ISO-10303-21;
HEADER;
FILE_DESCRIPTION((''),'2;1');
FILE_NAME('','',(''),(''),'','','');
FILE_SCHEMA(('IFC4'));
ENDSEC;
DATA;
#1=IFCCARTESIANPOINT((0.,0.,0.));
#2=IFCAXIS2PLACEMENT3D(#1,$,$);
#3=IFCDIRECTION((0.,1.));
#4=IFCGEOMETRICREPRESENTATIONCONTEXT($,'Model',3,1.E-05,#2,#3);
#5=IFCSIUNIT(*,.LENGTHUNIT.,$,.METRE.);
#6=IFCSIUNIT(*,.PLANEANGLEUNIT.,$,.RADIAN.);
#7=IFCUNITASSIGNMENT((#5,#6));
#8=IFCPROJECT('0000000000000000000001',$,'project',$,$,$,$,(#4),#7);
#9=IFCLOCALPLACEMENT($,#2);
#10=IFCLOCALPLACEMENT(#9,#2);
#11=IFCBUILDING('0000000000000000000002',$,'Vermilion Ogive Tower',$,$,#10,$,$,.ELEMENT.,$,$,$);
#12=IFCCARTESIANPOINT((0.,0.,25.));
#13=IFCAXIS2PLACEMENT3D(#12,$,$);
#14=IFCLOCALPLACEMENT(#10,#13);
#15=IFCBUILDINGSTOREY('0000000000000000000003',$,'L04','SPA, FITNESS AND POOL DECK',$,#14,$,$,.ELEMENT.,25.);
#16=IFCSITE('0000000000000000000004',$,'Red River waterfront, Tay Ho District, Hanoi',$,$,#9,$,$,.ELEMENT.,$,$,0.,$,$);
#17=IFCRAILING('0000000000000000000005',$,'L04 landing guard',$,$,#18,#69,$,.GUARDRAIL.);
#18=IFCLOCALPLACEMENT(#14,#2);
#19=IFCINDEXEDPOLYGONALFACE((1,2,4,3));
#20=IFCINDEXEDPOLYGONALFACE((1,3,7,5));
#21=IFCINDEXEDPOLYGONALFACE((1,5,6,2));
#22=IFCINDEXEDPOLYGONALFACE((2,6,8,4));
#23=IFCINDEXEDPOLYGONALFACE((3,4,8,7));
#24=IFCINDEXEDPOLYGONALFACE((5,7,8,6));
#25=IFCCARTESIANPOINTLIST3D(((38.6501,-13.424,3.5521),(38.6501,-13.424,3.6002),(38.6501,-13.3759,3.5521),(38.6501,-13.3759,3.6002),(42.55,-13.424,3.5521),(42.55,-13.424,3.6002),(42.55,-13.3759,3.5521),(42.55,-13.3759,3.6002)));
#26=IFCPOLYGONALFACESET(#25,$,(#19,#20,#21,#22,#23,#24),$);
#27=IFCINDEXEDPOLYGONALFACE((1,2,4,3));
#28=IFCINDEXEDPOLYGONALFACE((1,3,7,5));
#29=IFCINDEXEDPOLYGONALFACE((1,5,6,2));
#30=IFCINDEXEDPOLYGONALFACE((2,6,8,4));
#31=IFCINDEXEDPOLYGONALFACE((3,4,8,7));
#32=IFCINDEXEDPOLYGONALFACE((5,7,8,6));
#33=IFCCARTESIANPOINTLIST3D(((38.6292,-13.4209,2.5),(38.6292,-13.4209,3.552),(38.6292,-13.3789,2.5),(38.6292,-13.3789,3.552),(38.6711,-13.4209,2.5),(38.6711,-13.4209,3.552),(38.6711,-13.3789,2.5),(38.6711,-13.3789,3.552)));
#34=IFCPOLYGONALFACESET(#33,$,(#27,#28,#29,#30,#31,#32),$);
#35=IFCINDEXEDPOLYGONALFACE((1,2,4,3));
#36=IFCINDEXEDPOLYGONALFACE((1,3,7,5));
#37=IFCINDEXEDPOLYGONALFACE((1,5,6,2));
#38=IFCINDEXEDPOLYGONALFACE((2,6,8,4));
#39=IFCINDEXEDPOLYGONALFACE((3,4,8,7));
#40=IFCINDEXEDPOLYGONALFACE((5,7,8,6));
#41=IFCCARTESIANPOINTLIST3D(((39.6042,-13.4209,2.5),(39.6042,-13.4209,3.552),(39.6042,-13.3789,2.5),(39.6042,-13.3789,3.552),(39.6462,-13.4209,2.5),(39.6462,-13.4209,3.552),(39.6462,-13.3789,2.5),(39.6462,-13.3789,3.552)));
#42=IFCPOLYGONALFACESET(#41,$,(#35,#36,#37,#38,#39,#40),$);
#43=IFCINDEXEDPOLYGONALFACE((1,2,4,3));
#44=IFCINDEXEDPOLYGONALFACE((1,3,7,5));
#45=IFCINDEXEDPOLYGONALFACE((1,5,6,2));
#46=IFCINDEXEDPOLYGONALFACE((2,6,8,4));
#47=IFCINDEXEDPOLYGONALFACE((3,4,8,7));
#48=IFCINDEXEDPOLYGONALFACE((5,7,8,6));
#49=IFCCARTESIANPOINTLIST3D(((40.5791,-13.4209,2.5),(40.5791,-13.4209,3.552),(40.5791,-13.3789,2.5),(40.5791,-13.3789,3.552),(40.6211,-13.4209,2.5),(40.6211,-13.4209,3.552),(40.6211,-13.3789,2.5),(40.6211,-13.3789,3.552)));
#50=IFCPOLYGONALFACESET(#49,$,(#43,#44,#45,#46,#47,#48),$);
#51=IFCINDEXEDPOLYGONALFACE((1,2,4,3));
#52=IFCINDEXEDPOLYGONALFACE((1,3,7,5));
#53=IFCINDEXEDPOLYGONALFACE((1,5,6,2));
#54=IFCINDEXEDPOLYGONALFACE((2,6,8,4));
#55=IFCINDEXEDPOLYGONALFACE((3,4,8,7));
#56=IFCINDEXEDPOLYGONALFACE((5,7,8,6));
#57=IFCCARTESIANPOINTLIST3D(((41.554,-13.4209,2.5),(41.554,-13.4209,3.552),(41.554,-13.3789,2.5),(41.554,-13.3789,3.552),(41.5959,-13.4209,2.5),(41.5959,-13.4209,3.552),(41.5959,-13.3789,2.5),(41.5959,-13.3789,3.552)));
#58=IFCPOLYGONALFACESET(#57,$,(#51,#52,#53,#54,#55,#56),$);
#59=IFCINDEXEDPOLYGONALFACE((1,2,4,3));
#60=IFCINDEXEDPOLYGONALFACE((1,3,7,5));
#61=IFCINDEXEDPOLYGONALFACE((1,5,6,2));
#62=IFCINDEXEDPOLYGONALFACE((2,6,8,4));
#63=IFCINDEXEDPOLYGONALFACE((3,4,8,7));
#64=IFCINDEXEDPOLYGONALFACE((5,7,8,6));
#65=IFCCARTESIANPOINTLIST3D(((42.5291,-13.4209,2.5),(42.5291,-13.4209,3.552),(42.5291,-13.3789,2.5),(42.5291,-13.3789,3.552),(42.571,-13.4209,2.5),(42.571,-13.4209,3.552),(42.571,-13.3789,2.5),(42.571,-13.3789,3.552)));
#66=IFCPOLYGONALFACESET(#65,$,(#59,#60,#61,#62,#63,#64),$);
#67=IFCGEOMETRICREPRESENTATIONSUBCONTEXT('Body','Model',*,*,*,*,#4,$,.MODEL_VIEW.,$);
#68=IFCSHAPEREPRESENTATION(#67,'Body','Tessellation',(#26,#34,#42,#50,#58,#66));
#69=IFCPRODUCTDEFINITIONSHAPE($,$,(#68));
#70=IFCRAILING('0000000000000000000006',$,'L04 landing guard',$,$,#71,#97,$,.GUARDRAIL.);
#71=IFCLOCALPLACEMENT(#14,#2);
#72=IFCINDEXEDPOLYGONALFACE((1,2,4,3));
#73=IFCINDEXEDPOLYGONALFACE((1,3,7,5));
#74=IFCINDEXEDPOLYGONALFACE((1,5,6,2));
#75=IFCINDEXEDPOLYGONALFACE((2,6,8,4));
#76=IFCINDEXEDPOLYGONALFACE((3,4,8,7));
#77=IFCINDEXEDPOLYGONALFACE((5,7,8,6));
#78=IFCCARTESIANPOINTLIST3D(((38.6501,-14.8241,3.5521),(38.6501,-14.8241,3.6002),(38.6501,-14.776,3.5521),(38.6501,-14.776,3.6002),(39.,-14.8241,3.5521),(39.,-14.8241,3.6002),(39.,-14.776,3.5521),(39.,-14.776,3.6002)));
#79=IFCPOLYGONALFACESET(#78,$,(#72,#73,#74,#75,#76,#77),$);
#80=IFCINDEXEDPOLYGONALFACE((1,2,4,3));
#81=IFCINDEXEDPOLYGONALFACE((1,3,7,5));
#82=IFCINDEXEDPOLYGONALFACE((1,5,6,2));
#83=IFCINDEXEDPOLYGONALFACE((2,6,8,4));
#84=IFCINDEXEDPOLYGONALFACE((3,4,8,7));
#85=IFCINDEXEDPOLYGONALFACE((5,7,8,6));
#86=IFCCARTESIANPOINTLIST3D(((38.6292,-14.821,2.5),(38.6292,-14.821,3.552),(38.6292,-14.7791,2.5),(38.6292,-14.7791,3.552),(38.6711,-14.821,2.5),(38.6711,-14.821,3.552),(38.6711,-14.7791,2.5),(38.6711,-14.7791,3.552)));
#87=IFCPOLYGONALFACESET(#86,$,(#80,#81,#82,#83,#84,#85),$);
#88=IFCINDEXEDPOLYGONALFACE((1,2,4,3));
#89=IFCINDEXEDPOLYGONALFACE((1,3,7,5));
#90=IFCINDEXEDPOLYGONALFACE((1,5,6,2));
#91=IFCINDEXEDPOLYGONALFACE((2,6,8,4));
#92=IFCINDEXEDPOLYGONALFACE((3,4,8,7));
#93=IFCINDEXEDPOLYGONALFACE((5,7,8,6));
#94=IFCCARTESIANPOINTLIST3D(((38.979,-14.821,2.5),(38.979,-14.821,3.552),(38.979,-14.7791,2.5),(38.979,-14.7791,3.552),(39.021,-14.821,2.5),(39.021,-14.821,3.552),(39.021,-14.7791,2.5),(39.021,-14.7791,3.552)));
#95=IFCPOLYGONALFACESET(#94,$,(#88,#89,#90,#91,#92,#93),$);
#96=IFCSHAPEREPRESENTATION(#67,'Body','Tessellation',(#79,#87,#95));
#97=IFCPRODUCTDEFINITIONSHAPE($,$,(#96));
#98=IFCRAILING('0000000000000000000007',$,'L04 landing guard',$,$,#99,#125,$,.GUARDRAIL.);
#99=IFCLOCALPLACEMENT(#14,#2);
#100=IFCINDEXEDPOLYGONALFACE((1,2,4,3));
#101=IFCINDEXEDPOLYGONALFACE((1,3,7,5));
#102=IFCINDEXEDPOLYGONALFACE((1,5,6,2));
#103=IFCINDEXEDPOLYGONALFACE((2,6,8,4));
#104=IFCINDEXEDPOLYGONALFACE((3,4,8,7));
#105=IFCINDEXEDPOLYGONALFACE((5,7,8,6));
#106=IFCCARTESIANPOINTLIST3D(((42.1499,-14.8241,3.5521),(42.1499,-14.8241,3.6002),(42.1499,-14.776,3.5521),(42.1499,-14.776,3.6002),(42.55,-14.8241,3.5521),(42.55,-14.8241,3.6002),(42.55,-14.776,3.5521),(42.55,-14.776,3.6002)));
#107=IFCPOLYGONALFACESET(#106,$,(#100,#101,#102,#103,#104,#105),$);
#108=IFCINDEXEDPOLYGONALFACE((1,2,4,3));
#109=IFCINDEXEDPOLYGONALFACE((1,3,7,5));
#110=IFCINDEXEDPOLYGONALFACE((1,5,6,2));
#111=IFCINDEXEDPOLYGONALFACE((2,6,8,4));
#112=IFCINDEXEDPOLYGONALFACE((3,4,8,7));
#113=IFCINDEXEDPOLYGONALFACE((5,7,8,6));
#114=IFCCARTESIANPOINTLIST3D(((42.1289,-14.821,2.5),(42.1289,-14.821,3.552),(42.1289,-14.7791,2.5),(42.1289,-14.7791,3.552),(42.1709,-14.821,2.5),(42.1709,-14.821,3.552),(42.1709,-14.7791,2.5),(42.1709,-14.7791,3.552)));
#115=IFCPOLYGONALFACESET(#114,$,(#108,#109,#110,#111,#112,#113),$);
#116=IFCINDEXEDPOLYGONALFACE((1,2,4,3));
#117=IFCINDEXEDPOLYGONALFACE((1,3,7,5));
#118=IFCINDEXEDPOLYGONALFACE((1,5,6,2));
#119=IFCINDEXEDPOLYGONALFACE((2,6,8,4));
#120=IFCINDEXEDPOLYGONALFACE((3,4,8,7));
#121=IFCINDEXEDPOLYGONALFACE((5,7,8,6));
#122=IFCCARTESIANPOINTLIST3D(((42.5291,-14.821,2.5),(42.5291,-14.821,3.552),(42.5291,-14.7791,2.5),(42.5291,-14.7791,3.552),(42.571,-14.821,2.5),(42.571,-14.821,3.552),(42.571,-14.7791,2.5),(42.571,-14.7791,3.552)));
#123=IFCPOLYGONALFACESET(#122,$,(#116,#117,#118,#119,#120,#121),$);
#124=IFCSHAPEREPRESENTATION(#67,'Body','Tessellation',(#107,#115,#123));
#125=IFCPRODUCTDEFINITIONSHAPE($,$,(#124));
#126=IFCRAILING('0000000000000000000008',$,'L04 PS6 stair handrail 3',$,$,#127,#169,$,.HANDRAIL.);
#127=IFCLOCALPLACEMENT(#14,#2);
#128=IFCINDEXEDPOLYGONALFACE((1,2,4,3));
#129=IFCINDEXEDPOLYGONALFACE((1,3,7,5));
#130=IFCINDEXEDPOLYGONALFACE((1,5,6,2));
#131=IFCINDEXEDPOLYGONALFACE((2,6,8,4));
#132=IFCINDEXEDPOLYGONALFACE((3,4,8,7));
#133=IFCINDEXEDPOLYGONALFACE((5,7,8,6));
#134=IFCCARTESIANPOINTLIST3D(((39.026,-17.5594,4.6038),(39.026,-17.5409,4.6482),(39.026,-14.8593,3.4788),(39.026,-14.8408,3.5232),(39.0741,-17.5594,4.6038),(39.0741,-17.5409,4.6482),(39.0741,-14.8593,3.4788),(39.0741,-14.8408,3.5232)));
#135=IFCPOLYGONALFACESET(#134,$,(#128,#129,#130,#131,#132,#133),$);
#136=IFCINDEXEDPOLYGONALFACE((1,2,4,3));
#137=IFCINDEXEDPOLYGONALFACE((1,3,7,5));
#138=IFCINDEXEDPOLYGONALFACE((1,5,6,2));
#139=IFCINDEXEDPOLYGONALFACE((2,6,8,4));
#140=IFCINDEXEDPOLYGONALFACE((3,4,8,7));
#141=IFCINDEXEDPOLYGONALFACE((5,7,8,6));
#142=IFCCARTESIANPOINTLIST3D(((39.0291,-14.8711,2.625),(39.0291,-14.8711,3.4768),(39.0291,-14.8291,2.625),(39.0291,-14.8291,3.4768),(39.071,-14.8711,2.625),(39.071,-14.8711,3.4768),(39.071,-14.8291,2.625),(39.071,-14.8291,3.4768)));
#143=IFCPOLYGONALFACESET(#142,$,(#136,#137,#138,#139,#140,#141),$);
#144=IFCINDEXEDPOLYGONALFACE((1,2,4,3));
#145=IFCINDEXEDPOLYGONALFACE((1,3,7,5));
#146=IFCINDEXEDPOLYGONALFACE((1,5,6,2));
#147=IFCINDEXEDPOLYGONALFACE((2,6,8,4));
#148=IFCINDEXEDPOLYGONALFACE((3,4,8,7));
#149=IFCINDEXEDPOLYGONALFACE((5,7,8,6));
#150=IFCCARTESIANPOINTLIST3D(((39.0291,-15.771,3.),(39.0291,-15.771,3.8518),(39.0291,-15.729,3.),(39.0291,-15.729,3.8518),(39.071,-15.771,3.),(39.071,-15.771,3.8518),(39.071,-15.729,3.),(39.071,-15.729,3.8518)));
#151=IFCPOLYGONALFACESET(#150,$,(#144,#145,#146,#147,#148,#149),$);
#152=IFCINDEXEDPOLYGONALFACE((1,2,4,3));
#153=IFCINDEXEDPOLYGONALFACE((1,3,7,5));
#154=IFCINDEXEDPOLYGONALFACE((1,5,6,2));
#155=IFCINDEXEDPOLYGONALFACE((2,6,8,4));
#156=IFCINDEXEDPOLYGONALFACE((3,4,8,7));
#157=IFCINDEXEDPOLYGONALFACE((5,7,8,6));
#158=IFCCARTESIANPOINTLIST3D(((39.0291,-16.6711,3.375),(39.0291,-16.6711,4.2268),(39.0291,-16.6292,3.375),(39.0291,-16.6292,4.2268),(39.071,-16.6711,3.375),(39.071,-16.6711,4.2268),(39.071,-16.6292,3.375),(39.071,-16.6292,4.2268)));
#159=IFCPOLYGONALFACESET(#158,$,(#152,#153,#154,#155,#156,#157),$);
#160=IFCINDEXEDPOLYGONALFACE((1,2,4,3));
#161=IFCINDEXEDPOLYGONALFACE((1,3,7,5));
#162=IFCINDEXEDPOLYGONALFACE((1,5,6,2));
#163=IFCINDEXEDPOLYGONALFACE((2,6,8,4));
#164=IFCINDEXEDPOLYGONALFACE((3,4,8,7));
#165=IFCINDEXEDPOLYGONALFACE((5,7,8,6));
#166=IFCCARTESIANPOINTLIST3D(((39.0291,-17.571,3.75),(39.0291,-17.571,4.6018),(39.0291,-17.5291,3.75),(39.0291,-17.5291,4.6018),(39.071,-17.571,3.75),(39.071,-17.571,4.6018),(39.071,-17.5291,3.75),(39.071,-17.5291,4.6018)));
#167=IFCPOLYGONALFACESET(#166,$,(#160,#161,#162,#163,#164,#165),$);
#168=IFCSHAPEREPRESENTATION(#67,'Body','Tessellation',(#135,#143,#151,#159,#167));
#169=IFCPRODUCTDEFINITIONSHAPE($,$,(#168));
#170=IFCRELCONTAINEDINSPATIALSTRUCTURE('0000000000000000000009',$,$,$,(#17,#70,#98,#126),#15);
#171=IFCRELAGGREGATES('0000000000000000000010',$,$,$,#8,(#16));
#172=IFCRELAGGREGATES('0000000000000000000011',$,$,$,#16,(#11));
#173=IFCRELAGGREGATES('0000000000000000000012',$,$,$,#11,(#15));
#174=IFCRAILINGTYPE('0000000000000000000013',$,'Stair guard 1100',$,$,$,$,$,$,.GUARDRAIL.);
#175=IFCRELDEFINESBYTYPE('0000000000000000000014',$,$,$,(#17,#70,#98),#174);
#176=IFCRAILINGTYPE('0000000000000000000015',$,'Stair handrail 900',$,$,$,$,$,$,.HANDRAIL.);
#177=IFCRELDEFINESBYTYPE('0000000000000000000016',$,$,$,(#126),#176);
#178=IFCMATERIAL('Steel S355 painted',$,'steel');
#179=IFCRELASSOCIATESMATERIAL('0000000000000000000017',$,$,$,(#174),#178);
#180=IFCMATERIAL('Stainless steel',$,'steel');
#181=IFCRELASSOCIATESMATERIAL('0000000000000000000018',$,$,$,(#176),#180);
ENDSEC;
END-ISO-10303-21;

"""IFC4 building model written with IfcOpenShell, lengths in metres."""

from ifc_helpers import new_model, si_unit, direction, frame, origin, origin_2d, place, context, subcontext, project, spatial, rectangle, extrude, material, type_object, element, save


model = new_model("IFC4")

# Units and contexts
model_context = context("Model", 3, precision=1e-05, world=origin(), true_north=direction((0.0, 1.0)))
body_context = subcontext(model_context, "Body", "Model", "MODEL_VIEW")
ifc_project = project(units=[si_unit("LENGTHUNIT", "METRE"), si_unit("PLANEANGLEUNIT", "RADIAN")], contexts=[model_context])

# Site, building, storey
site_placement = place(None, origin())
site = spatial("IfcSite", under=ifc_project, at=site_placement, Name="Red River waterfront, Tay Ho District, Hanoi", CompositionType="ELEMENT", RefElevation=0.0)
building_placement = place(site_placement, origin())
building = spatial("IfcBuilding", under=site, at=building_placement, Name="Vermilion Ogive Tower", CompositionType="ELEMENT")
storey_placement = place(building_placement, frame((0.0, 0.0, 25.0)))
storey = spatial("IfcBuildingStorey", under=building, at=storey_placement, Name="L04", Description="SPA, FITNESS AND POOL DECK", CompositionType="ELEMENT", Elevation=25.0)

# Railings
ifc_material_1 = material(Name="Steel S355 painted", Category="steel")
railing_type_1 = type_object("IfcRailingType", Name="Stair guard 1100", PredefinedType="GUARDRAIL", material=ifc_material_1)
railing_1_placement = place(storey_placement, frame((38.6501, -13.3999, 2.5)))
element("IfcRailing", 1, at=railing_1_placement, inside=storey, type_object=railing_type_1, Name="L04 landing guard", PredefinedType="GUARDRAIL", context=body_context, shape_type="SweptSolid", body=[
    extrude(rectangle(XDim=0.0481, YDim=0.0481, at=origin_2d()), frame((0.0, 0.0, 1.0762), z_axis=(1.0, 0.0, 0.0), x_axis=(0.0, 1.0, 0.0)), (0.0, 0.0, 1.0), 3.8999),
    extrude(rectangle(XDim=0.042, YDim=0.042, at=origin_2d()), origin(), (0.0, 0.0, 1.0), 1.052),
    extrude(rectangle(XDim=0.042, YDim=0.042, at=origin_2d()), frame((0.9751, 0.0, 0.0)), (0.0, 0.0, 1.0), 1.052),
    extrude(rectangle(XDim=0.042, YDim=0.042, at=origin_2d()), frame((1.95, 0.0, 0.0)), (0.0, 0.0, 1.0), 1.052),
    extrude(rectangle(XDim=0.042, YDim=0.042, at=origin_2d()), frame((2.9248, 0.0, 0.0)), (0.0, 0.0, 1.0), 1.052),
    extrude(rectangle(XDim=0.042, YDim=0.042, at=origin_2d()), frame((3.8999, 0.0, 0.0)), (0.0, 0.0, 1.0), 1.052),
])
railing_2_placement = place(storey_placement, frame((38.6501, -14.8, 2.5)))
element("IfcRailing", 2, at=railing_2_placement, inside=storey, type_object=railing_type_1, Name="L04 landing guard", PredefinedType="GUARDRAIL", context=body_context, shape_type="SweptSolid", body=[
    extrude(rectangle(XDim=0.0481, YDim=0.0481, at=origin_2d()), frame((0.0, 0.0, 1.0762), z_axis=(1.0, 0.0, 0.0), x_axis=(0.0, 1.0, 0.0)), (0.0, 0.0, 1.0), 0.3499),
    extrude(rectangle(XDim=0.042, YDim=0.042, at=origin_2d()), origin(), (0.0, 0.0, 1.0), 1.052),
    extrude(rectangle(XDim=0.042, YDim=0.042, at=origin_2d()), frame((0.3499, 0.0, 0.0)), (0.0, 0.0, 1.0), 1.052),
])
railing_3_placement = place(storey_placement, frame((42.1499, -14.8, 2.5)))
element("IfcRailing", 3, at=railing_3_placement, inside=storey, type_object=railing_type_1, Name="L04 landing guard", PredefinedType="GUARDRAIL", context=body_context, shape_type="SweptSolid", body=[
    extrude(rectangle(XDim=0.0481, YDim=0.0481, at=origin_2d()), frame((0.0, 0.0, 1.0762), z_axis=(1.0, 0.0, 0.0), x_axis=(0.0, 1.0, 0.0)), (0.0, 0.0, 1.0), 0.4001),
    extrude(rectangle(XDim=0.042, YDim=0.042, at=origin_2d()), origin(), (0.0, 0.0, 1.0), 1.052),
    extrude(rectangle(XDim=0.042, YDim=0.042, at=origin_2d()), frame((0.4001, 0.0, 0.0)), (0.0, 0.0, 1.0), 1.052),
])
ifc_material_2 = material(Name="Stainless steel", Category="steel")
railing_type_2 = type_object("IfcRailingType", Name="Stair handrail 900", PredefinedType="HANDRAIL", material=ifc_material_2)
railing_4_placement = place(storey_placement, frame((39.05, -14.8501, 2.625)))
element("IfcRailing", 4, at=railing_4_placement, inside=storey, type_object=railing_type_2, Name="L04 PS6 stair handrail 3", PredefinedType="HANDRAIL", context=body_context, shape_type="SweptSolid", body=[
    extrude(rectangle(XDim=0.0481, YDim=0.0481, at=origin_2d()), frame((0.0, 0.0, 0.876), z_axis=(0.0, -0.923074, 0.384621), x_axis=(1.0, 0.0, 0.0)), (0.0, 0.0, 1.0), 2.925),
    extrude(rectangle(XDim=0.042, YDim=0.042, at=origin_2d()), origin(), (0.0, 0.0, 1.0), 0.8518),
    extrude(rectangle(XDim=0.042, YDim=0.042, at=origin_2d()), frame((0.0, -0.8999, 0.375)), (0.0, 0.0, 1.0), 0.8518),
    extrude(rectangle(XDim=0.042, YDim=0.042, at=origin_2d()), frame((0.0, -1.8, 0.75)), (0.0, 0.0, 1.0), 0.8518),
    extrude(rectangle(XDim=0.042, YDim=0.042, at=origin_2d()), frame((0.0, -2.7, 1.125)), (0.0, 0.0, 1.0), 0.8518),
])

save(model, "model.ifc")
